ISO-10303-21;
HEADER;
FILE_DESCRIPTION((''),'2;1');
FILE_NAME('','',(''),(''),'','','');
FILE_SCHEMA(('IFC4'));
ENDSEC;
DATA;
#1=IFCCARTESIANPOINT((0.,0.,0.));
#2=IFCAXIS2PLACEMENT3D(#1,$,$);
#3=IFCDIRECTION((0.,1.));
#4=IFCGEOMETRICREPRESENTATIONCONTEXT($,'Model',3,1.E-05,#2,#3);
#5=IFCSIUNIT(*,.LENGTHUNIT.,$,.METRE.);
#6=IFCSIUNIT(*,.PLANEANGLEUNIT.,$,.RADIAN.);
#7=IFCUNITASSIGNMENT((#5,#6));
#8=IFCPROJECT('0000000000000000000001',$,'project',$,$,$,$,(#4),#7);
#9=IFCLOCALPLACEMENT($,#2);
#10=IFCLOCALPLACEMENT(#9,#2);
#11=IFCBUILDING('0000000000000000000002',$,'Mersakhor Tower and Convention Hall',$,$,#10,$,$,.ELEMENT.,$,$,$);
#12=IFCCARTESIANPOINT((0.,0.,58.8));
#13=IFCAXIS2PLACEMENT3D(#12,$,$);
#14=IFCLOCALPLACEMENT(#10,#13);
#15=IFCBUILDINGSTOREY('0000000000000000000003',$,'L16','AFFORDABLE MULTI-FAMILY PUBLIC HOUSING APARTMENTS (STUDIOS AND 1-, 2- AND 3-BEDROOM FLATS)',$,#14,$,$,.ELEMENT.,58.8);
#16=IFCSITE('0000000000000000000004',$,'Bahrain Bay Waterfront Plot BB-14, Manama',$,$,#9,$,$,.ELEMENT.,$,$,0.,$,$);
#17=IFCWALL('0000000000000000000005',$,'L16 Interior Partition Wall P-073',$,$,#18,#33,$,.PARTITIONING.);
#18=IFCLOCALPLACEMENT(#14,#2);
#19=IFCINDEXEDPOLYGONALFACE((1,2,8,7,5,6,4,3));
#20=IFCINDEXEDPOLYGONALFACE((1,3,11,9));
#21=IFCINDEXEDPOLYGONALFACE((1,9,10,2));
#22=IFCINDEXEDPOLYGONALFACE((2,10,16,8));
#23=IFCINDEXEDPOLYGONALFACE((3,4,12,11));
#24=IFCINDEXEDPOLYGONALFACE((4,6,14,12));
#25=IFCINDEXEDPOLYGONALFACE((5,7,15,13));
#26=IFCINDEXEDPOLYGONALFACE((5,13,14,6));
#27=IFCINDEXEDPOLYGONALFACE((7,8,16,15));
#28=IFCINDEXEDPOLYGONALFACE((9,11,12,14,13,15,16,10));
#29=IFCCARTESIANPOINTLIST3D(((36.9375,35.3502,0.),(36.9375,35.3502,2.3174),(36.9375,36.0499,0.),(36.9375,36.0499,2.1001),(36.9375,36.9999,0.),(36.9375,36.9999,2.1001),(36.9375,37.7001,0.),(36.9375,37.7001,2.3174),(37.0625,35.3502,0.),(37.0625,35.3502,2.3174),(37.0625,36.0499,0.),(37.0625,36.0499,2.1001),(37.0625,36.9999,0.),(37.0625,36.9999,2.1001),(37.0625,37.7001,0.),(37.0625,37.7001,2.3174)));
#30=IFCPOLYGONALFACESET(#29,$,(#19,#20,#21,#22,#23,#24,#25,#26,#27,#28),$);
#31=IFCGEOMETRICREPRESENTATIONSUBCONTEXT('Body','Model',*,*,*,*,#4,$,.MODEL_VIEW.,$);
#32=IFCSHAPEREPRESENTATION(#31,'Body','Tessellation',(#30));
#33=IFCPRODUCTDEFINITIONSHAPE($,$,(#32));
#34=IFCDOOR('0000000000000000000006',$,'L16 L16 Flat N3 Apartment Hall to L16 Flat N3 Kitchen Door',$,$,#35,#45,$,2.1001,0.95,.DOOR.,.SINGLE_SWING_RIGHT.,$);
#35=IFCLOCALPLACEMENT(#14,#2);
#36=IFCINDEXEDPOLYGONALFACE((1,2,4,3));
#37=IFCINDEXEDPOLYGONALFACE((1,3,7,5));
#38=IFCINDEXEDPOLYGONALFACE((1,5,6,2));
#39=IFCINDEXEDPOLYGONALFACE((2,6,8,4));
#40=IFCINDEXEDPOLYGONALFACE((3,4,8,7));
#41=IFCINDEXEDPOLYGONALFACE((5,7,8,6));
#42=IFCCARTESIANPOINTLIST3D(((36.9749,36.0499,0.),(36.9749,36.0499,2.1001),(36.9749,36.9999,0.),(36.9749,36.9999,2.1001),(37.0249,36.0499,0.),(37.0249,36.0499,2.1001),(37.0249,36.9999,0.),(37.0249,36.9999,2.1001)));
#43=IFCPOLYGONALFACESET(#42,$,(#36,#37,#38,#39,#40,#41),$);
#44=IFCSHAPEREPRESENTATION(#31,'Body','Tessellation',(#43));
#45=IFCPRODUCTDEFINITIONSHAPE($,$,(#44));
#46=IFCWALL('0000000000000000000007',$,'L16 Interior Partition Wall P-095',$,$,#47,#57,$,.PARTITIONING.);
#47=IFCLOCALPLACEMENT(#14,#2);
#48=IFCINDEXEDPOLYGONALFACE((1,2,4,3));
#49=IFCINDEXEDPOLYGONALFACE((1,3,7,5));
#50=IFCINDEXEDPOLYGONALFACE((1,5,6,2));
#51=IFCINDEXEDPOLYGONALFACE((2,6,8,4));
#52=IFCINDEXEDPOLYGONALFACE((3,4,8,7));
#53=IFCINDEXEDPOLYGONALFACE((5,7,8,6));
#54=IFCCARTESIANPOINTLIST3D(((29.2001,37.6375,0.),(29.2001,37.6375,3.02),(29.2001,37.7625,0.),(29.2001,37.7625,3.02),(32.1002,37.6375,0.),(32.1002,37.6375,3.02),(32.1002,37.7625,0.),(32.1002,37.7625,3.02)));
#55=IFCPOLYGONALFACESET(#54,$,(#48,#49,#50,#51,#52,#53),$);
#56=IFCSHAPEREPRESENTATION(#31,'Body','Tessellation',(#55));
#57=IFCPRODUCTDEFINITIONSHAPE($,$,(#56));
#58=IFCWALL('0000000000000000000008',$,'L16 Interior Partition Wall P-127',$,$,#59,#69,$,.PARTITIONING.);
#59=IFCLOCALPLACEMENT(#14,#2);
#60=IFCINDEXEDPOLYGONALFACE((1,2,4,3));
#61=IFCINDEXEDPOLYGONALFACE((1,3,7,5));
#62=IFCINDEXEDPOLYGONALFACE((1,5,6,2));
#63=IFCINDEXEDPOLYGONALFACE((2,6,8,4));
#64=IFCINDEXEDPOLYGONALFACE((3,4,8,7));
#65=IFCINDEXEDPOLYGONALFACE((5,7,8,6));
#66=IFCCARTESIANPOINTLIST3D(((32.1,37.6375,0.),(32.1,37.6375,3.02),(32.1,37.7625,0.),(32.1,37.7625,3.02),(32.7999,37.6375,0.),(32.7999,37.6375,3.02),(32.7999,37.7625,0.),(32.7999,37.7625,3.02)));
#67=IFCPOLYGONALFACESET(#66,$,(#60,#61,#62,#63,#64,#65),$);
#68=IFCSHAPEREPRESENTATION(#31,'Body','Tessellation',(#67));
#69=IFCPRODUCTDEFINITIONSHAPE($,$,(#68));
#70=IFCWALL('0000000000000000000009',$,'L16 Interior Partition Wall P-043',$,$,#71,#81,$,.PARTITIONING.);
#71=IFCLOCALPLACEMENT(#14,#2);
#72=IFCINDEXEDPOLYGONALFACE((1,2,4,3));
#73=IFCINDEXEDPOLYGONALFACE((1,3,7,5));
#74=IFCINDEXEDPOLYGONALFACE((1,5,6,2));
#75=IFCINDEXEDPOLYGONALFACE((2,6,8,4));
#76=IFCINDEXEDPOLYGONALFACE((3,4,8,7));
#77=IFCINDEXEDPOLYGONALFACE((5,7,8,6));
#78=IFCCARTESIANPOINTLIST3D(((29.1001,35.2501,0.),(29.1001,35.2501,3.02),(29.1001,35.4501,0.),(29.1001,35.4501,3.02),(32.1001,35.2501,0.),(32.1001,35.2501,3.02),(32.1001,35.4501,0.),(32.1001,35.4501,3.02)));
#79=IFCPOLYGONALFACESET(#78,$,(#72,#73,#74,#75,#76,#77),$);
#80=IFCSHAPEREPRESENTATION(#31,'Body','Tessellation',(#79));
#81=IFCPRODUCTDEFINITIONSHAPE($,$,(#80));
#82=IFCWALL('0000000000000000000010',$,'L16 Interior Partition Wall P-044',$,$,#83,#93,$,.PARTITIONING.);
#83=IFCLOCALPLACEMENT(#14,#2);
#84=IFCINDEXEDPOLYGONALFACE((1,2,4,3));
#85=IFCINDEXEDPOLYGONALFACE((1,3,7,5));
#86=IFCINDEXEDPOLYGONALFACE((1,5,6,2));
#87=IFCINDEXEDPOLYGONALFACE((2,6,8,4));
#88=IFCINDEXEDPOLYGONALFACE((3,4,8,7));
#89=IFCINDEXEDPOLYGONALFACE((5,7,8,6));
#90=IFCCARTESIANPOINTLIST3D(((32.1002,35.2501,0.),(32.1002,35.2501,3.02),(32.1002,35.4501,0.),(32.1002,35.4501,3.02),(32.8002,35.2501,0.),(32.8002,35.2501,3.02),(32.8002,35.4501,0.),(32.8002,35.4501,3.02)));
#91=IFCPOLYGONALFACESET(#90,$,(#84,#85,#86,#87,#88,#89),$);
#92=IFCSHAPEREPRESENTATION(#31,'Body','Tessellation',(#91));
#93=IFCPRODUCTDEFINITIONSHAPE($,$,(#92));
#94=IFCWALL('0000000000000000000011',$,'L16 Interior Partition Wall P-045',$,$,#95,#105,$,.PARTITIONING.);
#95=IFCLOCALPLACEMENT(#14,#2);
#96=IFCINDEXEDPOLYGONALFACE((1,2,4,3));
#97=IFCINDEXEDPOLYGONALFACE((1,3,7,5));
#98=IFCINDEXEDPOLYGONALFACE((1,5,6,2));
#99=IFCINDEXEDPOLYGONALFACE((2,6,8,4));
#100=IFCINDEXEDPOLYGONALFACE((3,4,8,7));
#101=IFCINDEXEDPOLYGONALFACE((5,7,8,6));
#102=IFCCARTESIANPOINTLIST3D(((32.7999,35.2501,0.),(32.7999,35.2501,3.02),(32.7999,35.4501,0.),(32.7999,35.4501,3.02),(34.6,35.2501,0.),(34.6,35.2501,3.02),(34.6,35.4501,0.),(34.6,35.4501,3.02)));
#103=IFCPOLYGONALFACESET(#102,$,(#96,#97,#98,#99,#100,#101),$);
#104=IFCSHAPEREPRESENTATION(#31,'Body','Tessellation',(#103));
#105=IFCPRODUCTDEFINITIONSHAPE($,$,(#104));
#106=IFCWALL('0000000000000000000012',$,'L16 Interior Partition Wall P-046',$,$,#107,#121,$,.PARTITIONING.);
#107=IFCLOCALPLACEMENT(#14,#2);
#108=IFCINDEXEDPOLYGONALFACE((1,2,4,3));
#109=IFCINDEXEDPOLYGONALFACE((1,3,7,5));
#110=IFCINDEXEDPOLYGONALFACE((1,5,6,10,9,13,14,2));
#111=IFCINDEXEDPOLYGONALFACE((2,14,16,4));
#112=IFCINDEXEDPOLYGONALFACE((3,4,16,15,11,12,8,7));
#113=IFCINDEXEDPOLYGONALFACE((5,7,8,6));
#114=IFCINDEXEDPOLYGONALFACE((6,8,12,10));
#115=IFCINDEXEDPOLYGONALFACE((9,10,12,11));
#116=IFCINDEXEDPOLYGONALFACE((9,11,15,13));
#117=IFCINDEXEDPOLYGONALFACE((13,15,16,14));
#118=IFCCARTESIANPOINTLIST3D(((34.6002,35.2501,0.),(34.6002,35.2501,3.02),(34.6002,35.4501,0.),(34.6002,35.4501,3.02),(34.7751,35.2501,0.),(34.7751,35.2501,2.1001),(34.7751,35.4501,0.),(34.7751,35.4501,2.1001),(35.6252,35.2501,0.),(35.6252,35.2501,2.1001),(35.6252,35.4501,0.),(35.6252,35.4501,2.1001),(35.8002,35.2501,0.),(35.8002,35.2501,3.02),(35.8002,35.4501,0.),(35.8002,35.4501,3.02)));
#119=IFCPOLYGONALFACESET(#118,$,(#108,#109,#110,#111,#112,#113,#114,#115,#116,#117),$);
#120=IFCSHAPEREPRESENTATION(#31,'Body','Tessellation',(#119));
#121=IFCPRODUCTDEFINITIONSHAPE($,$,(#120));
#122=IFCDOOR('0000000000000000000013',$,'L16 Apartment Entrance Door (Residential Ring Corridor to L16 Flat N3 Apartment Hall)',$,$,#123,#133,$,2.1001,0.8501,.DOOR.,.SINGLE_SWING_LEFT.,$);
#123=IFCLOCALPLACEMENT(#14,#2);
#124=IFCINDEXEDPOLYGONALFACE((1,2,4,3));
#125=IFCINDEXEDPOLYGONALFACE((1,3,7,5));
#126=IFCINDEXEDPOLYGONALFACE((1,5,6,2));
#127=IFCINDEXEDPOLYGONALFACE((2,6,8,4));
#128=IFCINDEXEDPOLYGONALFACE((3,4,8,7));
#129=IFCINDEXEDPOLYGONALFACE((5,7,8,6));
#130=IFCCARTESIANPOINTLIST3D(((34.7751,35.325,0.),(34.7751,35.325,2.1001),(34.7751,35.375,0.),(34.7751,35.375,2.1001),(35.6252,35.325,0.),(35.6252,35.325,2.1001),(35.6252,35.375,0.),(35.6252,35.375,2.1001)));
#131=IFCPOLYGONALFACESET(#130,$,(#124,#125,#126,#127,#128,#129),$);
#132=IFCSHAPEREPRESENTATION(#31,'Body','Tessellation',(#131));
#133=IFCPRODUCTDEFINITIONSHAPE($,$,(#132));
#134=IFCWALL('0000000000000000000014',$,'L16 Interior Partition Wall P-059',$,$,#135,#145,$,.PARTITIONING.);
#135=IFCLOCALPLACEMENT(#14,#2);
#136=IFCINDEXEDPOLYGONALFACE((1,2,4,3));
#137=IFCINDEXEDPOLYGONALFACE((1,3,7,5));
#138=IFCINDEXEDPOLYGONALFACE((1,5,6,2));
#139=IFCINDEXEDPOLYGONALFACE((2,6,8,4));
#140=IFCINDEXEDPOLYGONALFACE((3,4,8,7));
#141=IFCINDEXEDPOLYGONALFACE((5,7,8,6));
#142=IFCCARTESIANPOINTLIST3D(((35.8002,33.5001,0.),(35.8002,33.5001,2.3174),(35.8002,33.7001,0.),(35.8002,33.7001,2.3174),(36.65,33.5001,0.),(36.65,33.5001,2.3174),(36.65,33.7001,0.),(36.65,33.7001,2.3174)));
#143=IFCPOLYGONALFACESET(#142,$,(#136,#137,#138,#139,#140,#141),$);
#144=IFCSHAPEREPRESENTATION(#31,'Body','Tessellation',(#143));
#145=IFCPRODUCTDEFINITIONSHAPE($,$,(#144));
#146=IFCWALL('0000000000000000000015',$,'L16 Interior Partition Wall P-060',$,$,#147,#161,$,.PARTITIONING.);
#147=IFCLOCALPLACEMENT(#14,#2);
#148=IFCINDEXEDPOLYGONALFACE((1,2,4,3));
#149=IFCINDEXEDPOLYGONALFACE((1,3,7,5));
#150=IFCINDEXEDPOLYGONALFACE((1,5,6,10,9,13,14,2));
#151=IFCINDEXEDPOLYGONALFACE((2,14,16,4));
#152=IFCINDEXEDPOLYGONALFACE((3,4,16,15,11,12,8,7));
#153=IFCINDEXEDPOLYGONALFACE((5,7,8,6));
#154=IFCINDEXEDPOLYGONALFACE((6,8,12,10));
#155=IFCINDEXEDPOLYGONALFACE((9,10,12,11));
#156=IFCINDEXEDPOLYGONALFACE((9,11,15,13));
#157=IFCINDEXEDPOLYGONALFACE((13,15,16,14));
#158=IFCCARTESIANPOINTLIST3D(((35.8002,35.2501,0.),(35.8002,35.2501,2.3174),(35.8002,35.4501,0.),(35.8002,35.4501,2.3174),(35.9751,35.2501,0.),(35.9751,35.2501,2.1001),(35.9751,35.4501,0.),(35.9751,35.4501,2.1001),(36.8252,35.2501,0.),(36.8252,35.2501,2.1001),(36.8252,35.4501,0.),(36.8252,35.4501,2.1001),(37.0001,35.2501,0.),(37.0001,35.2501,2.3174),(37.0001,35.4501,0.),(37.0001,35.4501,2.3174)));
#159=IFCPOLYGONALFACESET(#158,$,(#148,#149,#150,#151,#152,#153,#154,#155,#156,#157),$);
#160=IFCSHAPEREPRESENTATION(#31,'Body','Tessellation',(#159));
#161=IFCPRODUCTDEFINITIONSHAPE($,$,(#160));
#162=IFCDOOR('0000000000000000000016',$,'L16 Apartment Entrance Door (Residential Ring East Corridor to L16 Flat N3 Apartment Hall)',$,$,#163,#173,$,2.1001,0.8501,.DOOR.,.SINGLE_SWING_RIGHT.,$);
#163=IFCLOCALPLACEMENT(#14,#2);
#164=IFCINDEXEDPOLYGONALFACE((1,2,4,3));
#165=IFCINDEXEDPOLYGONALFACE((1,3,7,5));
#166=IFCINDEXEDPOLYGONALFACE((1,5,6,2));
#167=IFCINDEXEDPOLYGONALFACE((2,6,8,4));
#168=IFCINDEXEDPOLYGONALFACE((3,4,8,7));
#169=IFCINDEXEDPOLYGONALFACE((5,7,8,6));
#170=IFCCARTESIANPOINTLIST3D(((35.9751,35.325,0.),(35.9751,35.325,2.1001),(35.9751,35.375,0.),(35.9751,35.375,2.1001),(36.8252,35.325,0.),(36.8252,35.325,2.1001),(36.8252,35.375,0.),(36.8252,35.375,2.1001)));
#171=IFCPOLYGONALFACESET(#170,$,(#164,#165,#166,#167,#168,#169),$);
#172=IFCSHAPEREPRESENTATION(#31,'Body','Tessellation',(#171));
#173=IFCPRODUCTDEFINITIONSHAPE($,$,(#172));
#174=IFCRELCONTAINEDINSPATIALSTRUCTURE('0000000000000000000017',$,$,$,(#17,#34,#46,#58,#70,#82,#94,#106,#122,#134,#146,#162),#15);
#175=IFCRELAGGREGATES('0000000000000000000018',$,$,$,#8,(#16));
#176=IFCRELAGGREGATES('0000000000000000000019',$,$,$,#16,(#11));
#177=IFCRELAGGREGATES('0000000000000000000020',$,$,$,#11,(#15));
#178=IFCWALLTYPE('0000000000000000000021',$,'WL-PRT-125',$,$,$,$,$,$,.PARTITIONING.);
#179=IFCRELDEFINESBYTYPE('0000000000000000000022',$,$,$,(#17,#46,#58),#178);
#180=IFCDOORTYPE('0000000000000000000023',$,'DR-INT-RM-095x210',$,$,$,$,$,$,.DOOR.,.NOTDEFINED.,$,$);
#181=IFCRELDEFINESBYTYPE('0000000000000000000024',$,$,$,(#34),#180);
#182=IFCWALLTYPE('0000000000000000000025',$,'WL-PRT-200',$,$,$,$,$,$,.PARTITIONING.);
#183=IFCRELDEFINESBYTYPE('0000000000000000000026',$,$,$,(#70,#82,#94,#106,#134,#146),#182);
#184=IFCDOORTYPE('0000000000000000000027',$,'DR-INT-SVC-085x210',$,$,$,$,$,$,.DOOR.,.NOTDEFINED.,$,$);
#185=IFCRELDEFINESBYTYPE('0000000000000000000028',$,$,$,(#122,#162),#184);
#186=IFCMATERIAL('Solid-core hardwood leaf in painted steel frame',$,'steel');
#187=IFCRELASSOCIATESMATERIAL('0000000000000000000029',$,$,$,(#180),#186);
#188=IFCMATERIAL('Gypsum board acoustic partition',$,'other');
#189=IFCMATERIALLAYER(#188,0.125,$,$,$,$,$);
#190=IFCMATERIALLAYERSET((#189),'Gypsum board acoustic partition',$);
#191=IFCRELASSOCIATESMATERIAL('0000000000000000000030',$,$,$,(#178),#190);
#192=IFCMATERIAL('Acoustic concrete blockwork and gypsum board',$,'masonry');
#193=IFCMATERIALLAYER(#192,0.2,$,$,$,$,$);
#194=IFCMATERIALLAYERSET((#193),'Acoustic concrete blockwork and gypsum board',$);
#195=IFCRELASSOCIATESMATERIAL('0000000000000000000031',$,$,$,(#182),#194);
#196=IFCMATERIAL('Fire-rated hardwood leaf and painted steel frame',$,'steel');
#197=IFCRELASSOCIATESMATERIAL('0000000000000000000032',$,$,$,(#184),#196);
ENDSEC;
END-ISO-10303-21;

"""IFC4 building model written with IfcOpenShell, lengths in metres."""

from ifc_helpers import new_model, si_unit, direction, frame, frame_2d, origin, place, context, subcontext, project, spatial, rectangle, extrude, material, layer, layer_set, type_object, element, fill, save


model = new_model("IFC4")

# Units and contexts
model_context = context("Model", 3, precision=1e-05, world=origin(), true_north=direction((0.0, 1.0)))
body_context = subcontext(model_context, "Body", "Model", "MODEL_VIEW")
ifc_project = project(units=[si_unit("LENGTHUNIT", "METRE"), si_unit("PLANEANGLEUNIT", "RADIAN")], contexts=[model_context])

# Site, building, storey
site_placement = place(None, origin())
site = spatial("IfcSite", under=ifc_project, at=site_placement, Name="Bahrain Bay Waterfront Plot BB-14, Manama", CompositionType="ELEMENT", RefElevation=0.0)
building_placement = place(site_placement, origin())
building = spatial("IfcBuilding", under=site, at=building_placement, Name="Mersakhor Tower and Convention Hall", CompositionType="ELEMENT")
storey_placement = place(building_placement, frame((0.0, 0.0, 58.8)))
storey = spatial("IfcBuildingStorey", under=building, at=storey_placement, Name="L16", Description="AFFORDABLE MULTI-FAMILY PUBLIC HOUSING APARTMENTS (STUDIOS AND 1-, 2- AND 3-BEDROOM FLATS)", CompositionType="ELEMENT", Elevation=58.8)

# Shared definitions
ifc_material_1 = material(Name="Solid-core hardwood leaf in painted steel frame", Category="steel")
door_type_1 = type_object("IfcDoorType", Name="DR-INT-RM-095x210", OperationType="NOTDEFINED", PredefinedType="DOOR", material=ifc_material_1)

# Wall, opening, door
ifc_material_2 = material(Name="Gypsum board acoustic partition", Category="other")
ifc_layer_1 = layer(ifc_material_2, 0.125)
ifc_layer_set_1 = layer_set([ifc_layer_1], Name="Gypsum board acoustic partition")
wall_type_1 = type_object("IfcWallType", Name="WL-PRT-125", PredefinedType="PARTITIONING", material=ifc_layer_set_1)
wall_1_placement = place(storey_placement, frame((37.0, 37.7, 0.0), z_axis=(0.0, 0.0, 1.0), x_axis=(0.0, -1.0, 0.0)))
wall_1 = element("IfcWall", 1, at=wall_1_placement, inside=storey, type_object=wall_type_1, Name="L16 Interior Partition Wall P-073", PredefinedType="PARTITIONING", context=body_context, shape_type="SweptSolid", body=[
    extrude(rectangle(XDim=2.3499, YDim=0.125, at=frame_2d((1.1748, 0.0))), origin(), (0.0, 0.0, 1.0), 2.3174),
])
opening_1_placement = place(wall_1_placement, frame((0.7, 0.0, 0.0)))
opening_1 = element("IfcOpeningElement", 2, at=opening_1_placement, cuts=wall_1, PredefinedType="OPENING", context=body_context, shape_type="SweptSolid", body=[
    extrude(rectangle(XDim=0.95, YDim=2.1001, at=frame_2d((0.4751, 1.05))), frame((0.0, 0.0725, 0.0), z_axis=(0.0, -1.0, 0.0), x_axis=(1.0, 0.0, 0.0)), (0.0, 0.0, 1.0), 0.145),
])
door_1_placement = place(opening_1_placement, origin())
door_1 = element("IfcDoor", 3, at=door_1_placement, inside=storey, type_object=door_type_1, Name="L16 L16 Flat N3 Apartment Hall to L16 Flat N3 Kitchen Door", OperationType="SINGLE_SWING_RIGHT", OverallHeight=2.1001, OverallWidth=0.95, PredefinedType="DOOR", context=body_context, shape_type="SweptSolid", body=[
    extrude(rectangle(XDim=0.95, YDim=2.1001, at=frame_2d((0.4751, 1.05))), frame((0.0, 0.0249, 0.0), z_axis=(0.0, -1.0, 0.0), x_axis=(1.0, 0.0, 0.0)), (0.0, 0.0, 1.0), 0.05),
])
fill(opening_1, door_1)

# Walls
wall_2_placement = place(storey_placement, frame((29.2, 37.7, 0.0), z_axis=(0.0, 0.0, 1.0), x_axis=(1.0, 0.0, 0.0)))
element("IfcWall", 4, at=wall_2_placement, inside=storey, type_object=wall_type_1, Name="L16 Interior Partition Wall P-095", PredefinedType="PARTITIONING", context=body_context, shape_type="SweptSolid", body=[
    extrude(rectangle(XDim=2.9001, YDim=0.125, at=frame_2d((1.4502, 0.0))), origin(), (0.0, 0.0, 1.0), 3.02),
])
wall_3_placement = place(storey_placement, frame((32.8, 37.7, 0.0), z_axis=(0.0, 0.0, 1.0), x_axis=(-1.0, 0.0, 0.0)))
element("IfcWall", 5, at=wall_3_placement, inside=storey, type_object=wall_type_1, Name="L16 Interior Partition Wall P-127", PredefinedType="PARTITIONING", context=body_context, shape_type="SweptSolid", body=[
    extrude(rectangle(XDim=0.7, YDim=0.125, at=frame_2d((0.3501, 0.0))), origin(), (0.0, 0.0, 1.0), 3.02),
])
ifc_material_3 = material(Name="Acoustic concrete blockwork and gypsum board", Category="masonry")
ifc_layer_2 = layer(ifc_material_3, 0.2)
ifc_layer_set_2 = layer_set([ifc_layer_2], Name="Acoustic concrete blockwork and gypsum board")
wall_type_2 = type_object("IfcWallType", Name="WL-PRT-200", PredefinedType="PARTITIONING", material=ifc_layer_set_2)
wall_4_placement = place(storey_placement, frame((29.1001, 35.3501, 0.0), z_axis=(0.0, 0.0, 1.0), x_axis=(1.0, 0.0, 0.0)))
element("IfcWall", 6, at=wall_4_placement, inside=storey, type_object=wall_type_2, Name="L16 Interior Partition Wall P-043", PredefinedType="PARTITIONING", context=body_context, shape_type="SweptSolid", body=[
    extrude(rectangle(XDim=3.0, YDim=0.2, at=frame_2d((1.5, 0.0))), origin(), (0.0, 0.0, 1.0), 3.02),
])
wall_5_placement = place(storey_placement, frame((32.1001, 35.3501, 0.0), z_axis=(0.0, 0.0, 1.0), x_axis=(1.0, 0.0, 0.0)))
element("IfcWall", 7, at=wall_5_placement, inside=storey, type_object=wall_type_2, Name="L16 Interior Partition Wall P-044", PredefinedType="PARTITIONING", context=body_context, shape_type="SweptSolid", body=[
    extrude(rectangle(XDim=0.7, YDim=0.2, at=frame_2d((0.3501, 0.0))), origin(), (0.0, 0.0, 1.0), 3.02),
])
wall_6_placement = place(storey_placement, frame((32.8, 35.3501, 0.0), z_axis=(0.0, 0.0, 1.0), x_axis=(1.0, 0.0, 0.0)))
element("IfcWall", 8, at=wall_6_placement, inside=storey, type_object=wall_type_2, Name="L16 Interior Partition Wall P-045", PredefinedType="PARTITIONING", context=body_context, shape_type="SweptSolid", body=[
    extrude(rectangle(XDim=1.8, YDim=0.2, at=frame_2d((0.8999, 0.0))), origin(), (0.0, 0.0, 1.0), 3.02),
])

# Wall, opening, door
wall_7_placement = place(storey_placement, frame((34.6001, 35.3501, 0.0), z_axis=(0.0, 0.0, 1.0), x_axis=(1.0, 0.0, 0.0)))
wall_7 = element("IfcWall", 9, at=wall_7_placement, inside=storey, type_object=wall_type_2, Name="L16 Interior Partition Wall P-046", PredefinedType="PARTITIONING", context=body_context, shape_type="SweptSolid", body=[
    extrude(rectangle(XDim=1.2, YDim=0.2, at=frame_2d((0.6001, 0.0))), origin(), (0.0, 0.0, 1.0), 3.02),
])
opening_2_placement = place(wall_7_placement, frame((0.175, 0.0, 0.0)))
opening_2 = element("IfcOpeningElement", 10, at=opening_2_placement, cuts=wall_7, PredefinedType="OPENING", context=body_context, shape_type="SweptSolid", body=[
    extrude(rectangle(XDim=0.8501, YDim=2.1001, at=frame_2d((0.425, 1.05))), frame((0.0, 0.1099, 0.0), z_axis=(0.0, -1.0, 0.0), x_axis=(1.0, 0.0, 0.0)), (0.0, 0.0, 1.0), 0.22),
])
ifc_material_4 = material(Name="Fire-rated hardwood leaf and painted steel frame", Category="steel")
door_type_2 = type_object("IfcDoorType", Name="DR-INT-SVC-085x210", OperationType="NOTDEFINED", PredefinedType="DOOR", material=ifc_material_4)
door_2_placement = place(opening_2_placement, origin())
door_2 = element("IfcDoor", 11, at=door_2_placement, inside=storey, type_object=door_type_2, Name="L16 Apartment Entrance Door (Residential Ring Corridor to L16 Flat N3 Apartment Hall)", OperationType="SINGLE_SWING_LEFT", OverallHeight=2.1001, OverallWidth=0.8501, PredefinedType="DOOR", context=body_context, shape_type="SweptSolid", body=[
    extrude(rectangle(XDim=0.8501, YDim=2.1001, at=frame_2d((0.425, 1.05))), frame((0.0, 0.0249, 0.0), z_axis=(0.0, -1.0, 0.0), x_axis=(1.0, 0.0, 0.0)), (0.0, 0.0, 1.0), 0.05),
])
fill(opening_2, door_2)

# Wall
wall_8_placement = place(storey_placement, frame((36.6499, 33.6001, 0.0), z_axis=(0.0, 0.0, 1.0), x_axis=(-1.0, 0.0, 0.0)))
element("IfcWall", 12, at=wall_8_placement, inside=storey, type_object=wall_type_2, Name="L16 Interior Partition Wall P-059", PredefinedType="PARTITIONING", context=body_context, shape_type="SweptSolid", body=[
    extrude(rectangle(XDim=0.8499, YDim=0.2, at=frame_2d((0.4248, 0.0))), origin(), (0.0, 0.0, 1.0), 2.3174),
])

# Wall, opening, door
wall_9_placement = place(storey_placement, frame((35.8, 35.3501, 0.0), z_axis=(0.0, 0.0, 1.0), x_axis=(1.0, 0.0, 0.0)))
wall_9 = element("IfcWall", 13, at=wall_9_placement, inside=storey, type_object=wall_type_2, Name="L16 Interior Partition Wall P-060", PredefinedType="PARTITIONING", context=body_context, shape_type="SweptSolid", body=[
    extrude(rectangle(XDim=1.2, YDim=0.2, at=frame_2d((0.6001, 0.0))), origin(), (0.0, 0.0, 1.0), 2.3174),
])
opening_3_placement = place(wall_9_placement, frame((0.175, 0.0, 0.0)))
opening_3 = element("IfcOpeningElement", 14, at=opening_3_placement, cuts=wall_9, PredefinedType="OPENING", context=body_context, shape_type="SweptSolid", body=[
    extrude(rectangle(XDim=0.8501, YDim=2.1001, at=frame_2d((0.425, 1.05))), frame((0.0, 0.1099, 0.0), z_axis=(0.0, -1.0, 0.0), x_axis=(1.0, 0.0, 0.0)), (0.0, 0.0, 1.0), 0.22),
])
door_3_placement = place(opening_3_placement, origin())
door_3 = element("IfcDoor", 15, at=door_3_placement, inside=storey, type_object=door_type_2, Name="L16 Apartment Entrance Door (Residential Ring East Corridor to L16 Flat N3 Apartment Hall)", OperationType="SINGLE_SWING_RIGHT", OverallHeight=2.1001, OverallWidth=0.8501, PredefinedType="DOOR", context=body_context, shape_type="SweptSolid", body=[
    extrude(rectangle(XDim=0.8501, YDim=2.1001, at=frame_2d((0.425, 1.05))), frame((0.0, 0.0249, 0.0), z_axis=(0.0, -1.0, 0.0), x_axis=(1.0, 0.0, 0.0)), (0.0, 0.0, 1.0), 0.05),
])
fill(opening_3, door_3)

save(model, "model.ifc")
